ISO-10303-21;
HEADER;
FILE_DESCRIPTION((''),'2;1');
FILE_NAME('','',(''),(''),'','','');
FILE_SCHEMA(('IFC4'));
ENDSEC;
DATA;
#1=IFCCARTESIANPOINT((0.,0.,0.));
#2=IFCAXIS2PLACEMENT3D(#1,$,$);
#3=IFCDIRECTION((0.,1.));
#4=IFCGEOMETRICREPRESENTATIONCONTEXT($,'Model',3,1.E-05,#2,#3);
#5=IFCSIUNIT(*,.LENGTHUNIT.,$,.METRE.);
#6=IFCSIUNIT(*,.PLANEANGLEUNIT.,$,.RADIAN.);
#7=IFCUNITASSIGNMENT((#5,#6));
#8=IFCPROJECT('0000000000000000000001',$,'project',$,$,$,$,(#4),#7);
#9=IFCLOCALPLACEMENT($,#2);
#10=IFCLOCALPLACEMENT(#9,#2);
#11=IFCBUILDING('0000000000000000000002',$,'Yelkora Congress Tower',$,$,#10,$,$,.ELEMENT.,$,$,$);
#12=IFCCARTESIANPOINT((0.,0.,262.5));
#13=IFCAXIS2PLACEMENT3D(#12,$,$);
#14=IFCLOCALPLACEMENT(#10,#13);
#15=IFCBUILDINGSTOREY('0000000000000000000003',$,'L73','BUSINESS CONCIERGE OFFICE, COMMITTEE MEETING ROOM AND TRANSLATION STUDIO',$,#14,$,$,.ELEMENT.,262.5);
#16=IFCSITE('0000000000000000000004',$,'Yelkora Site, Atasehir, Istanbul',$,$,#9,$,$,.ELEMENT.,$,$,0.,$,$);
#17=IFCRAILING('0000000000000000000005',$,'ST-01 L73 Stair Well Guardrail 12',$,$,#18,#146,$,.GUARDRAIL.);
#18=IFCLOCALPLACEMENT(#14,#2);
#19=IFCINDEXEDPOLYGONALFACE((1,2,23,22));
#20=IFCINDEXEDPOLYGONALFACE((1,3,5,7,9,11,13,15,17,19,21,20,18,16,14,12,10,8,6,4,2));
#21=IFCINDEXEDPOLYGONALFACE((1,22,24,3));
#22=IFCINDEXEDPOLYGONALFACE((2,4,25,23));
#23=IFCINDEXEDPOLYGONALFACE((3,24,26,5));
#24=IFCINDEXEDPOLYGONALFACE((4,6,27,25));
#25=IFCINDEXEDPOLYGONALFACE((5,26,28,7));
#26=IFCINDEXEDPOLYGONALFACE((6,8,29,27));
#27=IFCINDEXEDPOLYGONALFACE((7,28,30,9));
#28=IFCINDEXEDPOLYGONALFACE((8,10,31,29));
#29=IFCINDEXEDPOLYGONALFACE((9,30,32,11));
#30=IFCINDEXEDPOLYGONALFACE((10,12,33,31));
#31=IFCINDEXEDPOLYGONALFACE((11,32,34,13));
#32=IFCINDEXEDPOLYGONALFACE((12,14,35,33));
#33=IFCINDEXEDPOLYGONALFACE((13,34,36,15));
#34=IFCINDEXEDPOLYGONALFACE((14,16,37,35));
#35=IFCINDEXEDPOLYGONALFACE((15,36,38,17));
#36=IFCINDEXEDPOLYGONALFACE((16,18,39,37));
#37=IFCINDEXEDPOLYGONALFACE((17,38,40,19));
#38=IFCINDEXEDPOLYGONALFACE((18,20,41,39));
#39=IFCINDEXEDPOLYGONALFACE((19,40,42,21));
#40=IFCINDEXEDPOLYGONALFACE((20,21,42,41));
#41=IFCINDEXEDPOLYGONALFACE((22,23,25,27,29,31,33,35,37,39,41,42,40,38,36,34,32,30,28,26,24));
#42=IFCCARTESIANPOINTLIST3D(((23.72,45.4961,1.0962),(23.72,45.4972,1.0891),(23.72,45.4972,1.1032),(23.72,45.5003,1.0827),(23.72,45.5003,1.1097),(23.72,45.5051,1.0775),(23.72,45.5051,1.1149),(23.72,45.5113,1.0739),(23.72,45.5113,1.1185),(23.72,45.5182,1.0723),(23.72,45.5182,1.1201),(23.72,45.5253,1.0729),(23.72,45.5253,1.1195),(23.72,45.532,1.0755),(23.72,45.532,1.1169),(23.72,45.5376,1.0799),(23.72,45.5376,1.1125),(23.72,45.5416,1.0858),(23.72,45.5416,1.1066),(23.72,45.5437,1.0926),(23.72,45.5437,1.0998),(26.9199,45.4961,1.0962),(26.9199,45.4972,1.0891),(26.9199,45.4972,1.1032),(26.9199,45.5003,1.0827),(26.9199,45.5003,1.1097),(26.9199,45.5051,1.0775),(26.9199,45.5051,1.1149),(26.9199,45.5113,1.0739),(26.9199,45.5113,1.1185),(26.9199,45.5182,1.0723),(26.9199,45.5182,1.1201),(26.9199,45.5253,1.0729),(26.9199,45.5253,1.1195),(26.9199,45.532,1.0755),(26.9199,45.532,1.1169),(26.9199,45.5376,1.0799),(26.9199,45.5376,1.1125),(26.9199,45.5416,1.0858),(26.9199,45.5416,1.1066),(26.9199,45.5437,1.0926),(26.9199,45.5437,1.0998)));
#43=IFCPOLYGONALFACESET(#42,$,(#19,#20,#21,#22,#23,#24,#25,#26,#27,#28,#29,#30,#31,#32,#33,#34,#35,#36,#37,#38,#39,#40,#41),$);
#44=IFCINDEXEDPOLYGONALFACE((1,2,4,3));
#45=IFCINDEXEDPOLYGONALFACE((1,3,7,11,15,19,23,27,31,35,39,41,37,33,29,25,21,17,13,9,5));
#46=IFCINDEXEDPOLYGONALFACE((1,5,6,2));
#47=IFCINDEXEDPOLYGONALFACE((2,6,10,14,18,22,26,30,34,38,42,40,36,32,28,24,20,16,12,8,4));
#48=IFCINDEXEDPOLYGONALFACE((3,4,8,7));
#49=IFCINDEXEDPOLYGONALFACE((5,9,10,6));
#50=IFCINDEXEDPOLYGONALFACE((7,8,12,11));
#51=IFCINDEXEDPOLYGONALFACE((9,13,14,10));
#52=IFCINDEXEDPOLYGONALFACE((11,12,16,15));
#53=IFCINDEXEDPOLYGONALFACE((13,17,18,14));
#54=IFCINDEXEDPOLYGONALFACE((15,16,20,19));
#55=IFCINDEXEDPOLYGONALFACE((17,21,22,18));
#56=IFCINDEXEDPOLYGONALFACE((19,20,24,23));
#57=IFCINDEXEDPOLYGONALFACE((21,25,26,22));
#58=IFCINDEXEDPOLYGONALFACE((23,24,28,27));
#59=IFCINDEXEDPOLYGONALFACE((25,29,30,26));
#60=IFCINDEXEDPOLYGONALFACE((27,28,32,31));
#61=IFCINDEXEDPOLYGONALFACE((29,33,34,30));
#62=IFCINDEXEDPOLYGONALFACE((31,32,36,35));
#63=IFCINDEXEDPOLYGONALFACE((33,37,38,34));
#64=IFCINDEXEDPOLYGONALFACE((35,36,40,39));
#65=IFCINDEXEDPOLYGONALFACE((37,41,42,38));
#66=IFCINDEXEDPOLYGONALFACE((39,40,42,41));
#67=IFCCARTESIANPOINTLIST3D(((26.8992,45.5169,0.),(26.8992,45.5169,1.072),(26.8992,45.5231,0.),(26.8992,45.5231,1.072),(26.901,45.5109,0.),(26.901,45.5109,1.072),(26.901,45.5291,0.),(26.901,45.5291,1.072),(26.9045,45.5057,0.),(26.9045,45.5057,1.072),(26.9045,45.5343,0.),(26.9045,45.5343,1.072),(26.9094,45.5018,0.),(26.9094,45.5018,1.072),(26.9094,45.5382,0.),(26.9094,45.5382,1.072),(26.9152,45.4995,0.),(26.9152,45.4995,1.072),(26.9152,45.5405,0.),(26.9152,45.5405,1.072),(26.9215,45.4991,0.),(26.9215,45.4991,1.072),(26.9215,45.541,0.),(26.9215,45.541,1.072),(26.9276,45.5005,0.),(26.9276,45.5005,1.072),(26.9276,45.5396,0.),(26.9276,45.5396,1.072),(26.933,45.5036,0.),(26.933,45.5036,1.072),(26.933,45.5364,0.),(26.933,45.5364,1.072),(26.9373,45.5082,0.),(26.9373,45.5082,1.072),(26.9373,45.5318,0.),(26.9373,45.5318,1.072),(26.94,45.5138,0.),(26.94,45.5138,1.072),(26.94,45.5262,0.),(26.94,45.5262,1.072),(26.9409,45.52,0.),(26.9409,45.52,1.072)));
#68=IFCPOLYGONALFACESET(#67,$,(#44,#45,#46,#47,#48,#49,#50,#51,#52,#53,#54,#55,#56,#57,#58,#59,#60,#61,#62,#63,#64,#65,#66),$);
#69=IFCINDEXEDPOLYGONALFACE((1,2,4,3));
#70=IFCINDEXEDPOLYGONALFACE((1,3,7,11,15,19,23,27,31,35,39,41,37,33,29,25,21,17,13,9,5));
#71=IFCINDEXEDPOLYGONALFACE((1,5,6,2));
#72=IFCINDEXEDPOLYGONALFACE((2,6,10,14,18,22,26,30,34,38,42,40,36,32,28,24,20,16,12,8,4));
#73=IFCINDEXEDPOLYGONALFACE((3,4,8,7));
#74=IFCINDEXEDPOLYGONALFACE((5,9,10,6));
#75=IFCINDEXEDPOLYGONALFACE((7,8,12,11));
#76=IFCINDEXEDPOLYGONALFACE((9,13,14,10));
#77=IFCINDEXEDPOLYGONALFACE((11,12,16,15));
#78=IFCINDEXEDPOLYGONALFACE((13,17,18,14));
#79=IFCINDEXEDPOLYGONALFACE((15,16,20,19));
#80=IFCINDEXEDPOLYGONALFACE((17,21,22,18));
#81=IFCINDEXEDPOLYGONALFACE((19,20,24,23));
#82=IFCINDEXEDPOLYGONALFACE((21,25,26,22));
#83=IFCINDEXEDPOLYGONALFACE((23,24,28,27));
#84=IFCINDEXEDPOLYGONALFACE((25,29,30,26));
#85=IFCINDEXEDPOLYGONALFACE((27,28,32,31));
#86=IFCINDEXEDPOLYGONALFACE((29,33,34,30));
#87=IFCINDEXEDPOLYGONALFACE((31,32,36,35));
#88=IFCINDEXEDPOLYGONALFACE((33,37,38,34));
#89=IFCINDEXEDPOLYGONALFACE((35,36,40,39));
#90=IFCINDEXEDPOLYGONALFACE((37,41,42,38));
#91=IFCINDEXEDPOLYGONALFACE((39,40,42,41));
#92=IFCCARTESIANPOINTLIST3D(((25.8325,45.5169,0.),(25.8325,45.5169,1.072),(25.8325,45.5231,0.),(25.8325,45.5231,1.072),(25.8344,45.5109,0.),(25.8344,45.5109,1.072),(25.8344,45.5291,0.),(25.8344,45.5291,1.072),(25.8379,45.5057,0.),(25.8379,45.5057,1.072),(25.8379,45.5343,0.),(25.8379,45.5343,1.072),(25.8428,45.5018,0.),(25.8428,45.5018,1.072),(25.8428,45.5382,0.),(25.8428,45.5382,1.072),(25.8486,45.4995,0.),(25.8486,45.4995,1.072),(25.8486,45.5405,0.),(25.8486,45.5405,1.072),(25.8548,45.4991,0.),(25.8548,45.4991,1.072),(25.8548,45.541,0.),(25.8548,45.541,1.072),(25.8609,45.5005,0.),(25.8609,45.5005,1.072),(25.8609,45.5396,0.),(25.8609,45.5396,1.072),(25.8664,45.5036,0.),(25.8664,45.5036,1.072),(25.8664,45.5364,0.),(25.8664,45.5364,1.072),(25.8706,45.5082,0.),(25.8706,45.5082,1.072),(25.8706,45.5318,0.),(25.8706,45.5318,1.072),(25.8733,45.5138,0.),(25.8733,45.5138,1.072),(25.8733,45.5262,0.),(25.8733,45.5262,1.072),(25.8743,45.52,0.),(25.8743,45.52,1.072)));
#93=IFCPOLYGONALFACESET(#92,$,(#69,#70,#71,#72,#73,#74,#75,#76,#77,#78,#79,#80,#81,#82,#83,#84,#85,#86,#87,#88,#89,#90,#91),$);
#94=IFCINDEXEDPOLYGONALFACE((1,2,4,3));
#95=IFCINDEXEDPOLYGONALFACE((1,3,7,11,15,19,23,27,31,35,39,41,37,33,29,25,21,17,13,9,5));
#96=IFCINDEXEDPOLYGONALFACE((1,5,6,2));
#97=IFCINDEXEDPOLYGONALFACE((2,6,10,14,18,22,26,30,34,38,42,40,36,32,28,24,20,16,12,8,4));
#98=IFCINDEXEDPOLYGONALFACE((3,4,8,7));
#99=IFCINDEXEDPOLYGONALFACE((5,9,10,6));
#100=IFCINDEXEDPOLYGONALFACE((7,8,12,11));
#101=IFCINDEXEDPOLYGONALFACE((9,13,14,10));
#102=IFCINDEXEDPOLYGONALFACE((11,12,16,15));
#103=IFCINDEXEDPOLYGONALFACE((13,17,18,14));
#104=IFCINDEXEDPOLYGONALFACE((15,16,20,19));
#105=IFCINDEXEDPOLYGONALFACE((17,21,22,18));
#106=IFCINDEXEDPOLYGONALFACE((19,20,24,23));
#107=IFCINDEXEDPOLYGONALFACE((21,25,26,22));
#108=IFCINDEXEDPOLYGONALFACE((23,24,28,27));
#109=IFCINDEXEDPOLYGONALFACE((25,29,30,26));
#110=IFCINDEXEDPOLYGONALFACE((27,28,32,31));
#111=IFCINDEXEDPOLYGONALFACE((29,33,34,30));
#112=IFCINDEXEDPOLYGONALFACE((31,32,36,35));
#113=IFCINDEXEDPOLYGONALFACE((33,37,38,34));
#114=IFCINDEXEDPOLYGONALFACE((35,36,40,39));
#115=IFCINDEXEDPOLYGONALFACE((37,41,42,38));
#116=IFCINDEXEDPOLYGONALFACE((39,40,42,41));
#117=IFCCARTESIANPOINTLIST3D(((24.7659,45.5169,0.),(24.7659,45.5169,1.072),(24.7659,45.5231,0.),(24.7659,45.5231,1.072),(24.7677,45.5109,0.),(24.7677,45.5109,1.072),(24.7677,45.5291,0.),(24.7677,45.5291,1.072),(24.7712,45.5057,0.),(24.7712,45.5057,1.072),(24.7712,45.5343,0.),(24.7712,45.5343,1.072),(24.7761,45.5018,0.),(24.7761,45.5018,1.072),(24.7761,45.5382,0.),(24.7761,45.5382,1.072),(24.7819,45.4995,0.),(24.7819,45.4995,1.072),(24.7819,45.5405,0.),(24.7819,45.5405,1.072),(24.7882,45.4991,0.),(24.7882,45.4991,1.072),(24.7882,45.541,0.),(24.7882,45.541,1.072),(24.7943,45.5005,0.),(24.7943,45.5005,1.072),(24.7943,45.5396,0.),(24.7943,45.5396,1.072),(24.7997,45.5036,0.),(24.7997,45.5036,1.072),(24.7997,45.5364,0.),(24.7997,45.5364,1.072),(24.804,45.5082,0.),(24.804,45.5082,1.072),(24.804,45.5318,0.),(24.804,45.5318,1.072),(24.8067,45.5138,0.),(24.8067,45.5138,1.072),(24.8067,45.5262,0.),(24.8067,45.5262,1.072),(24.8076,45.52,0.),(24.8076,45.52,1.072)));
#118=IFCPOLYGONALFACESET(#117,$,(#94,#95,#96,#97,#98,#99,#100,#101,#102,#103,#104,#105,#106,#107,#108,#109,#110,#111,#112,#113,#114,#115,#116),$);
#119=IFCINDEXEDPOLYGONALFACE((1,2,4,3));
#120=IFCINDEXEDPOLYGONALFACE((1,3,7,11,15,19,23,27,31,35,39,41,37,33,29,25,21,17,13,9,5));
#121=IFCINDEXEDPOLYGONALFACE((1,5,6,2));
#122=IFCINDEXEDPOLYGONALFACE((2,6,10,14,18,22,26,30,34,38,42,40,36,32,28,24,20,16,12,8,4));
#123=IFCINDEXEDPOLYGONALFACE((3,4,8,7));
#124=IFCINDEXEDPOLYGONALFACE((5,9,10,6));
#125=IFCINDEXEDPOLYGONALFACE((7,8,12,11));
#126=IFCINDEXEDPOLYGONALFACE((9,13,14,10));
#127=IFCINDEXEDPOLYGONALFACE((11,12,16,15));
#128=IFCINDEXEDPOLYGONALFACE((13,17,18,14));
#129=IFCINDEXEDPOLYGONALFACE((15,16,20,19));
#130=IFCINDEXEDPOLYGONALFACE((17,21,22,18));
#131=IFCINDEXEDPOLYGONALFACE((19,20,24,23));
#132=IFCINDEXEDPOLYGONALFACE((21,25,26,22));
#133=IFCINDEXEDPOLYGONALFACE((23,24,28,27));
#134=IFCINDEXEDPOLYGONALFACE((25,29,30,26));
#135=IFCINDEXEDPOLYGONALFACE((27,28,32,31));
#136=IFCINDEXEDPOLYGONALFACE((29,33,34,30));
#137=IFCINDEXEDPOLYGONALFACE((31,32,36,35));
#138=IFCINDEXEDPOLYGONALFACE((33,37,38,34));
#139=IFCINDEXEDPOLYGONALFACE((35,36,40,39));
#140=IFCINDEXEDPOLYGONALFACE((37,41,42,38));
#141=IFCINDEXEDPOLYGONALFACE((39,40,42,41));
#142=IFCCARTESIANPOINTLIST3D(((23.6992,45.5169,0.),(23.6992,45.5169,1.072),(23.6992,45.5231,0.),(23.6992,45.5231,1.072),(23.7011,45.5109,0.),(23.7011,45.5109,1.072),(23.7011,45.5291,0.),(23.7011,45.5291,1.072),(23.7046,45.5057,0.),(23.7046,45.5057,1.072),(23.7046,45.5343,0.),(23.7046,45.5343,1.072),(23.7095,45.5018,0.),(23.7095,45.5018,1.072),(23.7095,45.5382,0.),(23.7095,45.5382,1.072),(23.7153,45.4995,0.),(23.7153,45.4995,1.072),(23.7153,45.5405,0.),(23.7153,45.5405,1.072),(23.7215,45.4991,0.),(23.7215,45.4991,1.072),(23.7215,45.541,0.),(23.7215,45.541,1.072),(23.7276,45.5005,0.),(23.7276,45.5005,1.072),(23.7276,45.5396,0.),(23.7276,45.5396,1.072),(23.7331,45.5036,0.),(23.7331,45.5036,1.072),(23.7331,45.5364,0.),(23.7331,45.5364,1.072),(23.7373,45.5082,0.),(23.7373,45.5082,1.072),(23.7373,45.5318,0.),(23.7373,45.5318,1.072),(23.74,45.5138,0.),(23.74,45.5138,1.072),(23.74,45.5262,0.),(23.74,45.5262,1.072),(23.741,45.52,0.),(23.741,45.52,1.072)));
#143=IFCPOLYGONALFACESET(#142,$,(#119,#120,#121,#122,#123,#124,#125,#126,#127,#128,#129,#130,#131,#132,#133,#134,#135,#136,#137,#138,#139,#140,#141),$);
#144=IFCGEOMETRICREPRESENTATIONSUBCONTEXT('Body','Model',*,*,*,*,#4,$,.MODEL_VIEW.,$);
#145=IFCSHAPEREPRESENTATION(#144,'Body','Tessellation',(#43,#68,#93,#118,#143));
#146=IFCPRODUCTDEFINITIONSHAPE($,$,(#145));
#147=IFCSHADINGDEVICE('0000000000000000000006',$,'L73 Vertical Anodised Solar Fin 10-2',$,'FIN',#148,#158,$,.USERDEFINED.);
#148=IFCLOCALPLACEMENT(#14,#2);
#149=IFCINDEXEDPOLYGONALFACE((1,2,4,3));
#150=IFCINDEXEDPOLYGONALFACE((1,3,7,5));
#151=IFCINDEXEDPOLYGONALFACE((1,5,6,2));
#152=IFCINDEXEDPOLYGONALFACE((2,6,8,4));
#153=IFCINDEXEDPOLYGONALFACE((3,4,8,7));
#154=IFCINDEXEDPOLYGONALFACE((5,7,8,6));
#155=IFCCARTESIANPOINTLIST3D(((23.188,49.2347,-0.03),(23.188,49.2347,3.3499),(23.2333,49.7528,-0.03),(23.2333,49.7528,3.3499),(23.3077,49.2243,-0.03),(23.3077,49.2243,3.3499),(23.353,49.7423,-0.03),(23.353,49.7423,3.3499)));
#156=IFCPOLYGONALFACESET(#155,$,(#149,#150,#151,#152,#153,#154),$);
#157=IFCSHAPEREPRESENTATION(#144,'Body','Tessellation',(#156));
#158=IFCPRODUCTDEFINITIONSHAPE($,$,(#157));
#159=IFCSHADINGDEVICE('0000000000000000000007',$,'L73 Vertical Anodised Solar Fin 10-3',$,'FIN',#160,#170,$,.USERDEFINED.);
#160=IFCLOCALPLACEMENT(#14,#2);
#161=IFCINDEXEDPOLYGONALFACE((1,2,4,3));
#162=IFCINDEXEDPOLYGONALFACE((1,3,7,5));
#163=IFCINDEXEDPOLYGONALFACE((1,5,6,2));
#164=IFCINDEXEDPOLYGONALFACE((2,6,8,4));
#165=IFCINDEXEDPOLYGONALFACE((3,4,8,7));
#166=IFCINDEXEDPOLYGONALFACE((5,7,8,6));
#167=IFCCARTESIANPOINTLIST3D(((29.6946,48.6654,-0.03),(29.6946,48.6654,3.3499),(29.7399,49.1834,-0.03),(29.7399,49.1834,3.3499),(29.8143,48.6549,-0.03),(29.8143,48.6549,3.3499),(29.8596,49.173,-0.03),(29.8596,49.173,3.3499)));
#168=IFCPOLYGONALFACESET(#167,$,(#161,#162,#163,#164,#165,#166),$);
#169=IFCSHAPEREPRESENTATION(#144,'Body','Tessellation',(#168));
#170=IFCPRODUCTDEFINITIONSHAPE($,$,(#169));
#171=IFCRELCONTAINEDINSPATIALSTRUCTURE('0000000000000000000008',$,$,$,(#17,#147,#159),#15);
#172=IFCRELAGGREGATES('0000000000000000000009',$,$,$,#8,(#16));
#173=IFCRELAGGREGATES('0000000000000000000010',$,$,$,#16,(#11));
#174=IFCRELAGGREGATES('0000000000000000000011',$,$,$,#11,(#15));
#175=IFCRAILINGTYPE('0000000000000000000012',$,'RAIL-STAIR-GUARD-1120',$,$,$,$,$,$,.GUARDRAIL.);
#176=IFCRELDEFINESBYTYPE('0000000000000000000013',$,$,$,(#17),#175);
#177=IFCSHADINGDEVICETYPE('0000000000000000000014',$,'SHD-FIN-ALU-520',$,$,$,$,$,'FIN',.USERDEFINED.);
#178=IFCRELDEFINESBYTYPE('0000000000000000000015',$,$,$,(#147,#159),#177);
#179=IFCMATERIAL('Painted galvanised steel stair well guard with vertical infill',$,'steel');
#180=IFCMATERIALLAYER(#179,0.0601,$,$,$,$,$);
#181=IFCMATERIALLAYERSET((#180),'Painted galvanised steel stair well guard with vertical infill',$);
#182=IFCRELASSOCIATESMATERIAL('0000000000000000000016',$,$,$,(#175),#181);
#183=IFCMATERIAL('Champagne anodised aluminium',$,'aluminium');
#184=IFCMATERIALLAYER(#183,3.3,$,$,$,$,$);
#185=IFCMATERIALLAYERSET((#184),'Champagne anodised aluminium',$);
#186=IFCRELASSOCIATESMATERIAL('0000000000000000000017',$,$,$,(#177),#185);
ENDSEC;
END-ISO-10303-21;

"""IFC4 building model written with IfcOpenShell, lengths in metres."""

from ifc_helpers import new_model, si_unit, direction, frame, origin, origin_2d, place, context, subcontext, project, spatial, rectangle, circle, extrude, material, layer, layer_set, type_object, element, save


model = new_model("IFC4")

# Units and contexts
model_context = context("Model", 3, precision=1e-05, world=origin(), true_north=direction((0.0, 1.0)))
body_context = subcontext(model_context, "Body", "Model", "MODEL_VIEW")
ifc_project = project(units=[si_unit("LENGTHUNIT", "METRE"), si_unit("PLANEANGLEUNIT", "RADIAN")], contexts=[model_context])

# Site, building, storey
site_placement = place(None, origin())
site = spatial("IfcSite", under=ifc_project, at=site_placement, Name="Yelkora Site, Atasehir, Istanbul", CompositionType="ELEMENT", RefElevation=0.0)
building_placement = place(site_placement, origin())
building = spatial("IfcBuilding", under=site, at=building_placement, Name="Yelkora Congress Tower", CompositionType="ELEMENT")
storey_placement = place(building_placement, frame((0.0, 0.0, 262.5)))
storey = spatial("IfcBuildingStorey", under=building, at=storey_placement, Name="L73", Description="BUSINESS CONCIERGE OFFICE, COMMITTEE MEETING ROOM AND TRANSLATION STUDIO", CompositionType="ELEMENT", Elevation=262.5)

# Railing
ifc_material_1 = material(Name="Painted galvanised steel stair well guard with vertical infill", Category="steel")
ifc_layer_1 = layer(ifc_material_1, 0.0601)
ifc_layer_set_1 = layer_set([ifc_layer_1], Name="Painted galvanised steel stair well guard with vertical infill")
railing_type = type_object("IfcRailingType", Name="RAIL-STAIR-GUARD-1120", PredefinedType="GUARDRAIL", material=ifc_layer_set_1)
railing_1_placement = place(storey_placement, frame((26.9199, 45.52, 0.0)))
element("IfcRailing", 1, at=railing_1_placement, inside=storey, type_object=railing_type, Name="ST-01 L73 Stair Well Guardrail 12", PredefinedType="GUARDRAIL", context=body_context, shape_type="SweptSolid", body=[
    extrude(circle(Radius=0.0239, at=origin_2d()), frame((0.0, 0.0, 1.0962), z_axis=(-1.0, 0.0, 0.0), x_axis=(0.0, -1.0, 0.0)), (0.0, 0.0, 1.0), 3.2),
    extrude(circle(Radius=0.021, at=origin_2d()), origin(), (0.0, 0.0, 1.0), 1.072),
    extrude(circle(Radius=0.021, at=origin_2d()), frame((-1.0667, 0.0, 0.0)), (0.0, 0.0, 1.0), 1.072),
    extrude(circle(Radius=0.021, at=origin_2d()), frame((-2.1333, 0.0, 0.0)), (0.0, 0.0, 1.0), 1.072),
    extrude(circle(Radius=0.021, at=origin_2d()), frame((-3.2, 0.0, 0.0)), (0.0, 0.0, 1.0), 1.072),
])

# Shading devices
ifc_material_2 = material(Name="Champagne anodised aluminium", Category="aluminium")
ifc_layer_2 = layer(ifc_material_2, 3.3)
ifc_layer_set_2 = layer_set([ifc_layer_2], Name="Champagne anodised aluminium")
shading_device_type = type_object("IfcShadingDeviceType", Name="SHD-FIN-ALU-520", ElementType="FIN", PredefinedType="USERDEFINED", material=ifc_layer_set_2)
for number, where, z_axis, x_axis, name in (
    (2, (23.2705, 49.4885, -0.03), (0.0, 0.0, 1.0), (0.996195, -0.087156, 0.0), "L73 Vertical Anodised Solar Fin 10-2"),
    (3, (29.7771, 48.9192, -0.03), (0.0, 0.0, 1.0), (0.996195, -0.087156, 0.0), "L73 Vertical Anodised Solar Fin 10-3"),
):
    element("IfcShadingDevice", number, at=place(storey_placement, frame(where, z_axis=z_axis, x_axis=x_axis)), inside=storey, type_object=shading_device_type, Name=name, ObjectType="FIN", PredefinedType="USERDEFINED", context=body_context, shape_type="SweptSolid", body=[
        extrude(rectangle(XDim=0.1201, YDim=0.52, at=origin_2d()), origin(), (0.0, 0.0, 1.0), 3.3799),
    ])

save(model, "model.ifc")
